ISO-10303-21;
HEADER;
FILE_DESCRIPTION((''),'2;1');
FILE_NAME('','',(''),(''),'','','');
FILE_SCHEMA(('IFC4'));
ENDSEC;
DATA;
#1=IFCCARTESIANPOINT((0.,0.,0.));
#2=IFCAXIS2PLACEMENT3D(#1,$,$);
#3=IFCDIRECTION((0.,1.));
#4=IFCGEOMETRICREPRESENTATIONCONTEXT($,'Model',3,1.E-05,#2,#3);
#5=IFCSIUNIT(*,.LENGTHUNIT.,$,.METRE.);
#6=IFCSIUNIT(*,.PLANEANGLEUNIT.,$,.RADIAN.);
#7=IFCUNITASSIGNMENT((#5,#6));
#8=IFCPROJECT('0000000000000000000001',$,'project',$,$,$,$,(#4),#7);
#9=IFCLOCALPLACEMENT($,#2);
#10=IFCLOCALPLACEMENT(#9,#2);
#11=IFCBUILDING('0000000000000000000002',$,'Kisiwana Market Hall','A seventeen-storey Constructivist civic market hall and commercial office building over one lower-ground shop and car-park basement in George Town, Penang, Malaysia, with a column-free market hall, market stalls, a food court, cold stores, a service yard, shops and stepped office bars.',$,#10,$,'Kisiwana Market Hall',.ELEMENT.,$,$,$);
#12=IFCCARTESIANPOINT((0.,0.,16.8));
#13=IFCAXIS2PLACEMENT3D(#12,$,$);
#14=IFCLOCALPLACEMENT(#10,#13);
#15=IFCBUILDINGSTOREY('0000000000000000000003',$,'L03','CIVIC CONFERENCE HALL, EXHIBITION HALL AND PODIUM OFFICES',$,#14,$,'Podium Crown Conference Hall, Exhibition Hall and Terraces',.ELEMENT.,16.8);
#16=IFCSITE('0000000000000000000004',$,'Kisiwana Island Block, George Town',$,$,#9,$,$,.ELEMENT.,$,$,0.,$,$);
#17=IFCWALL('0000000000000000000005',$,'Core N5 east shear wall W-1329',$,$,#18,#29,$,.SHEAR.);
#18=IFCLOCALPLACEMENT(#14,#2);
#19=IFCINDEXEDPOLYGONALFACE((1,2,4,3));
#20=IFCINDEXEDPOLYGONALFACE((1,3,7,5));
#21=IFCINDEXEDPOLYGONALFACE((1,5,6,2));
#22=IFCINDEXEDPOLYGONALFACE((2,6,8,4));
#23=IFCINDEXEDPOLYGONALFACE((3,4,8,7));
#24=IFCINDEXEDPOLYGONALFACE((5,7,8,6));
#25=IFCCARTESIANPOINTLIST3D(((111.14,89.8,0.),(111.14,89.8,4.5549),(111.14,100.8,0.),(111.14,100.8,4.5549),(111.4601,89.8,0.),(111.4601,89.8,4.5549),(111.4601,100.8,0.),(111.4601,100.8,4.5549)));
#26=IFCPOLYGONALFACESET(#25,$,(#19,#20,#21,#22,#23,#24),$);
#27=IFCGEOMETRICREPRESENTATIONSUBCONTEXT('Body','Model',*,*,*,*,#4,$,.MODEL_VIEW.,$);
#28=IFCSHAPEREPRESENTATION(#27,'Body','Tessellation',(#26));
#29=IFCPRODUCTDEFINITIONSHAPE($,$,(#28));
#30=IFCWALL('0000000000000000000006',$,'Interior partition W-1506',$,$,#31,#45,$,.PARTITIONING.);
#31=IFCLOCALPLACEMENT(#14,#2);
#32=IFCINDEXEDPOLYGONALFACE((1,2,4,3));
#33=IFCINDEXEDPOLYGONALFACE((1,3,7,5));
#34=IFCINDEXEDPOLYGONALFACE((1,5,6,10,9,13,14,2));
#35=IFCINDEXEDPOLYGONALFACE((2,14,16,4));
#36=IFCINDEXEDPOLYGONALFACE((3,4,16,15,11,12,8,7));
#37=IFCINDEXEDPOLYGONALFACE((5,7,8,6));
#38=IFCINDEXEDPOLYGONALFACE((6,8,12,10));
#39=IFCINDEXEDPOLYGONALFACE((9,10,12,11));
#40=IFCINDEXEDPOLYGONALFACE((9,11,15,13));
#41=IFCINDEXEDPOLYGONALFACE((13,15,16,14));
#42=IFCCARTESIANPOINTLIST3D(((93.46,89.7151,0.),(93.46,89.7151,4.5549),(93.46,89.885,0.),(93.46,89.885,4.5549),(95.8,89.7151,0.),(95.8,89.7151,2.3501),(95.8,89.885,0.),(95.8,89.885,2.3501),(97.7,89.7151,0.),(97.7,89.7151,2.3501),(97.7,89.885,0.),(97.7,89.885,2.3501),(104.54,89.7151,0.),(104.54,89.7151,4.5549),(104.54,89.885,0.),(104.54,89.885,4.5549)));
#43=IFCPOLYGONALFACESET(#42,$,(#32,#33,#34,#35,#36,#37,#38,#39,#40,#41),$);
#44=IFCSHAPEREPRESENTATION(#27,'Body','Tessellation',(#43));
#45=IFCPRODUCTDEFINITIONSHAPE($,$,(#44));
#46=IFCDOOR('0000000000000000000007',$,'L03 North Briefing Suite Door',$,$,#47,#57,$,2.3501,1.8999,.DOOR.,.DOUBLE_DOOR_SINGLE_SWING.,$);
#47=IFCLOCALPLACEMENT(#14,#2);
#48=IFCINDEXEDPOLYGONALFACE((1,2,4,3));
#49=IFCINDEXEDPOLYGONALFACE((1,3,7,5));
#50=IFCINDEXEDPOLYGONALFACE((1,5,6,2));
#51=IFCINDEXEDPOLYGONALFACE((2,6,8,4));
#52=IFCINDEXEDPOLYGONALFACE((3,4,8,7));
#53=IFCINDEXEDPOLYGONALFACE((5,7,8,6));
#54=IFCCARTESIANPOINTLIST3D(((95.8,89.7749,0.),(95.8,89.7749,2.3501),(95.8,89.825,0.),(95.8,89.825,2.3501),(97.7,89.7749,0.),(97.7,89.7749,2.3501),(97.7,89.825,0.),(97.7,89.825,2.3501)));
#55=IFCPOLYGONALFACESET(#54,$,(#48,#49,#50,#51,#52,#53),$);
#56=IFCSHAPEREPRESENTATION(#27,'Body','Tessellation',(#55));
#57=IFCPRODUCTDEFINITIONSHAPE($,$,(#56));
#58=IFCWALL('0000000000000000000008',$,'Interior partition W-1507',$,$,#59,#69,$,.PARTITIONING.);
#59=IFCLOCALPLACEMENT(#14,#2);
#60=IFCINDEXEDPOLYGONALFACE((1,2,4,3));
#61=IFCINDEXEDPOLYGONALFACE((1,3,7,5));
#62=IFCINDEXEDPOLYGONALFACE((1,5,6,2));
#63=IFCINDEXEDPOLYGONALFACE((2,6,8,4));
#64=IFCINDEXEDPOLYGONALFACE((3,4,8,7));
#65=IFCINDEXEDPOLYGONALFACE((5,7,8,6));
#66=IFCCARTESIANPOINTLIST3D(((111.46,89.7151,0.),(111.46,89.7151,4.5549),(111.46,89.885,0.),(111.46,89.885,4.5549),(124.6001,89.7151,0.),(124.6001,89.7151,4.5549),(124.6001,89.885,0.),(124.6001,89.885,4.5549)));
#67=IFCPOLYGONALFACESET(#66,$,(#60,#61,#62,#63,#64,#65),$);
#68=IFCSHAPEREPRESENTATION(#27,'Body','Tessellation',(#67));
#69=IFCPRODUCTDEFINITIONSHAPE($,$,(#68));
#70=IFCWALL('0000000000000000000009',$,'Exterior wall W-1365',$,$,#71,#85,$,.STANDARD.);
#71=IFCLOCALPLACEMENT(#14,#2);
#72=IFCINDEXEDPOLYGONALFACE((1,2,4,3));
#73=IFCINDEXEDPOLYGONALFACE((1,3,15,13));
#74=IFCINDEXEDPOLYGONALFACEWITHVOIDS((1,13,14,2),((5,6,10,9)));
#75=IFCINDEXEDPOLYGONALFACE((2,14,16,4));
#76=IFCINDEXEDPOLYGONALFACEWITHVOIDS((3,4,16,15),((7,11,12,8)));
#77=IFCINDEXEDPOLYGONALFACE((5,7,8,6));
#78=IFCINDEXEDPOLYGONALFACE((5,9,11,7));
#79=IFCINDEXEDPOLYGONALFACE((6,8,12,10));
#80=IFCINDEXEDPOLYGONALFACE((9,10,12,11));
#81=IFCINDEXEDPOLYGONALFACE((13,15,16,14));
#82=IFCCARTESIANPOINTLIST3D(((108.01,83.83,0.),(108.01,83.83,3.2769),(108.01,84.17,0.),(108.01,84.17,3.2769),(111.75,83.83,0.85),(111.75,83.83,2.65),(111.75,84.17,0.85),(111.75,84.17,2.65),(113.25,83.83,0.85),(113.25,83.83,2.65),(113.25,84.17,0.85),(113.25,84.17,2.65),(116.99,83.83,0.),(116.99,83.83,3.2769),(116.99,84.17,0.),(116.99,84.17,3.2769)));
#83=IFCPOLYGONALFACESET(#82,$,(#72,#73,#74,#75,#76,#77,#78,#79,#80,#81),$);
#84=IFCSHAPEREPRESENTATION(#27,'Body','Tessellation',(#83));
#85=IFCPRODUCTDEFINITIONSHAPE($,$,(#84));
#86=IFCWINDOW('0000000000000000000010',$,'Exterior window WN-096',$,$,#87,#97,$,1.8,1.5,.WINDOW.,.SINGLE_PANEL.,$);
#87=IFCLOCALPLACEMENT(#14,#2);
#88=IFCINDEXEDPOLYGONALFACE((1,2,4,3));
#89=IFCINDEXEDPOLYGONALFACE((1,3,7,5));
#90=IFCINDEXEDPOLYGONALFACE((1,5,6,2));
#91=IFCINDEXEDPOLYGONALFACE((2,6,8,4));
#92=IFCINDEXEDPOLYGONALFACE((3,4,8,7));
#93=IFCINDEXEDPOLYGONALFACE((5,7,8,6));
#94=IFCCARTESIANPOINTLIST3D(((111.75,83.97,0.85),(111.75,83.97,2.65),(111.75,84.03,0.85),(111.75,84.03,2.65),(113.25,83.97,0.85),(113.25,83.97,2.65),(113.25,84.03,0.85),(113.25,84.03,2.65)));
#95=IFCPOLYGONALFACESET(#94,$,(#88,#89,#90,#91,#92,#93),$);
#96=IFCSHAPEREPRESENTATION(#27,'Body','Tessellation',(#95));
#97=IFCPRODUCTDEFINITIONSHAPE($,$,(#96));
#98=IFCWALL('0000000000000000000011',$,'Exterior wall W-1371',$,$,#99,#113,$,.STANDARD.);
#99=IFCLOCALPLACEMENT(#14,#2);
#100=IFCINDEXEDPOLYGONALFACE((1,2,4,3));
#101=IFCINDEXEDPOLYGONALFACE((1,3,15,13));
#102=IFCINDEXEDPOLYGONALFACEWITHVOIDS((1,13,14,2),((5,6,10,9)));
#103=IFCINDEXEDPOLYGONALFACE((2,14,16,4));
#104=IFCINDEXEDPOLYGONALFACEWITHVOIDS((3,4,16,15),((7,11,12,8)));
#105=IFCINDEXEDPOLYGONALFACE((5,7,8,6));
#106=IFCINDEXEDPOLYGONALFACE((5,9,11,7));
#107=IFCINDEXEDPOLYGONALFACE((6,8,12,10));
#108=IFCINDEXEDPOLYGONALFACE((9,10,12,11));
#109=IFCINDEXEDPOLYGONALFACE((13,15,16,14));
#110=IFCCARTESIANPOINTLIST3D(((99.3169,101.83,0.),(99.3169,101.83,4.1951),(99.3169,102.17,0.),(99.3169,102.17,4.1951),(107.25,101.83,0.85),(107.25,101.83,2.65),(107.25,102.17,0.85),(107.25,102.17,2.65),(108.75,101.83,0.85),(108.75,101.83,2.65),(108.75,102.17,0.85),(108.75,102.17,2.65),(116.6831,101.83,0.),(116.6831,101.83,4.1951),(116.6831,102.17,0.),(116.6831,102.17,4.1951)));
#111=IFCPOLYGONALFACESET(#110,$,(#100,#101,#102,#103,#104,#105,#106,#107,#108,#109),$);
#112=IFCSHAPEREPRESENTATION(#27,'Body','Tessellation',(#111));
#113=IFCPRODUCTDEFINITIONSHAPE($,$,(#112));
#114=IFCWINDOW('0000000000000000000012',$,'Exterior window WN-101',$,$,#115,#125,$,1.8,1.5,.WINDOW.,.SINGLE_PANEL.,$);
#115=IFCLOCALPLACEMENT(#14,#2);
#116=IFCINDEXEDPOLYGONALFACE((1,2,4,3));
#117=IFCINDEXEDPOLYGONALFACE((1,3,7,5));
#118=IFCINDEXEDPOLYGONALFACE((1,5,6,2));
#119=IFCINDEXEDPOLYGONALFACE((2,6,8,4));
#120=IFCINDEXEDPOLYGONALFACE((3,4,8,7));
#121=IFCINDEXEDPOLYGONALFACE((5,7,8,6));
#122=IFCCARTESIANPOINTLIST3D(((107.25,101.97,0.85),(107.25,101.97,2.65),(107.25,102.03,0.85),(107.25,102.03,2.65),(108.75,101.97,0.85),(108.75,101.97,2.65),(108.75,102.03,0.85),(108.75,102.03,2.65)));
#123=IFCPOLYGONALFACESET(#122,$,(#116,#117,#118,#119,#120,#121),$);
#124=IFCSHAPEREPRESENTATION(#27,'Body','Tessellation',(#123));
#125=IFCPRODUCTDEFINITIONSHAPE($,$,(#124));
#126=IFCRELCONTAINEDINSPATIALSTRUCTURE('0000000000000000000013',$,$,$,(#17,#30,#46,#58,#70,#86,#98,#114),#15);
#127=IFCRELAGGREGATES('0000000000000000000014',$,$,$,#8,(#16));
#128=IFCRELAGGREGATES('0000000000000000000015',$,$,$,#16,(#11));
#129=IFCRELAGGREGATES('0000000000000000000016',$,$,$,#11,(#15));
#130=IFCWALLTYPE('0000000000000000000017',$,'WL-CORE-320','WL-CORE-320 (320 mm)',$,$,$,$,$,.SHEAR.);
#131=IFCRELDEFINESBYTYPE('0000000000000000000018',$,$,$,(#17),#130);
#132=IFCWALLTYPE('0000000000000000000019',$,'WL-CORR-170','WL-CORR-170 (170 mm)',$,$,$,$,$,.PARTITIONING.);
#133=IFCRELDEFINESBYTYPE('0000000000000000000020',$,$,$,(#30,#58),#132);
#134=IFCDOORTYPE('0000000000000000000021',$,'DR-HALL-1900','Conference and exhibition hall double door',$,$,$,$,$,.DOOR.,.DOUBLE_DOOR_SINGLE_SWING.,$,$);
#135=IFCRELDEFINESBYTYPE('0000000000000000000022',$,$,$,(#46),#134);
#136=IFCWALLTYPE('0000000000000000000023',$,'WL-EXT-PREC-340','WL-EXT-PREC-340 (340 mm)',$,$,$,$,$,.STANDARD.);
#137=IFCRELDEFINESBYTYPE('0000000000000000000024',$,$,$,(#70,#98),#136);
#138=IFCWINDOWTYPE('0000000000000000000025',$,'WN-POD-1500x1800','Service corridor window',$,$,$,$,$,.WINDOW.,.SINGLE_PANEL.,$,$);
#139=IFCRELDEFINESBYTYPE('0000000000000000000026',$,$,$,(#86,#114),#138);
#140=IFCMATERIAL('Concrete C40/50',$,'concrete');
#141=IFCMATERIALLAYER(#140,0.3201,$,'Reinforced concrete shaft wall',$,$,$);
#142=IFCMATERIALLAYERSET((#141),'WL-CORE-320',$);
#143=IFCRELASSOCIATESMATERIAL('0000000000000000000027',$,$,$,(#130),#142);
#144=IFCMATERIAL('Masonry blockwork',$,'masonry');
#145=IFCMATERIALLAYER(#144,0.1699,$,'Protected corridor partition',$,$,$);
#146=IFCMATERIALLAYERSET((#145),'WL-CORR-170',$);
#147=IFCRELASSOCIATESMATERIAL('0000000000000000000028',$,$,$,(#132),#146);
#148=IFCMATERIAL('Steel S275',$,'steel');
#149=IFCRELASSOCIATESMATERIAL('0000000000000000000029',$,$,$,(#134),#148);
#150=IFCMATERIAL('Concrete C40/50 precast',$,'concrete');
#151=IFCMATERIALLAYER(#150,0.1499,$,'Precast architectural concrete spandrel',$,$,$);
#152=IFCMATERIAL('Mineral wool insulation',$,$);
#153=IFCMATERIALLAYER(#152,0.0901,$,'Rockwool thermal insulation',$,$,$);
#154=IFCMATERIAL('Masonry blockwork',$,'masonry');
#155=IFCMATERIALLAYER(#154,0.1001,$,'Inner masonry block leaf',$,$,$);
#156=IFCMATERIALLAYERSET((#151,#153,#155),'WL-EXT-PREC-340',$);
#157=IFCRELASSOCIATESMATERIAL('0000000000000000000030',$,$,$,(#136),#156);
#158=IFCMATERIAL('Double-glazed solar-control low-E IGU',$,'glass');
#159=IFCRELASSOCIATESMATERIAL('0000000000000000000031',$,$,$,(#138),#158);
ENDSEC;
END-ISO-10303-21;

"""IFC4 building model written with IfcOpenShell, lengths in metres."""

from ifc_helpers import new_model, si_unit, direction, frame, frame_2d, origin, place, context, subcontext, project, spatial, rectangle, extrude, material, layer, layer_set, type_object, element, fill, save


model = new_model("IFC4")

# Units and contexts
model_context = context("Model", 3, precision=1e-05, world=origin(), true_north=direction((0.0, 1.0)))
body_context = subcontext(model_context, "Body", "Model", "MODEL_VIEW")
ifc_project = project(units=[si_unit("LENGTHUNIT", "METRE"), si_unit("PLANEANGLEUNIT", "RADIAN")], contexts=[model_context])

# Site, building, storey
site_placement = place(None, origin())
site = spatial("IfcSite", under=ifc_project, at=site_placement, Name="Kisiwana Island Block, George Town", CompositionType="ELEMENT", RefElevation=0.0)
building_placement = place(site_placement, origin())
building = spatial("IfcBuilding", under=site, at=building_placement, Name="Kisiwana Market Hall", Description="A seventeen-storey Constructivist civic market hall and commercial office building over one lower-ground shop and car-park basement in George Town, Penang, Malaysia, with a column-free market hall, market stalls, a food court, cold stores, a service yard, shops and stepped office bars.", LongName="Kisiwana Market Hall", CompositionType="ELEMENT")
storey_placement = place(building_placement, frame((0.0, 0.0, 16.8)))
storey = spatial("IfcBuildingStorey", under=building, at=storey_placement, Name="L03", Description="CIVIC CONFERENCE HALL, EXHIBITION HALL AND PODIUM OFFICES", LongName="Podium Crown Conference Hall, Exhibition Hall and Terraces", CompositionType="ELEMENT", Elevation=16.8)

# Shared definitions
ifc_material_1 = material(Name="Concrete C40/50", Category="concrete")
ifc_layer_1 = layer(ifc_material_1, 0.3201, Name="Reinforced concrete shaft wall")
ifc_layer_set_1 = layer_set([ifc_layer_1], Name="WL-CORE-320")
wall_type_1 = type_object("IfcWallType", Name="WL-CORE-320", Description="WL-CORE-320 (320 mm)", PredefinedType="SHEAR", material=ifc_layer_set_1)

# Wall
for number, where, z_axis, x_axis, name in (
    (1, (111.3, 89.8, 0.0), (0.0, 0.0, 1.0), (0.0, 1.0, 0.0), "Core N5 east shear wall W-1329"),
):
    element("IfcWall", number, at=place(storey_placement, frame(where, z_axis=z_axis, x_axis=x_axis)), inside=storey, type_object=wall_type_1, Name=name, PredefinedType="SHEAR", context=body_context, shape_type="SweptSolid", body=[
        extrude(rectangle(XDim=11.0, YDim=0.3201, at=frame_2d((5.5, 0.0))), origin(), (0.0, 0.0, 1.0), 4.5549),
    ])

# Wall, opening, door
ifc_material_2 = material(Name="Masonry blockwork", Category="masonry")
ifc_layer_2 = layer(ifc_material_2, 0.1699, Name="Protected corridor partition")
ifc_layer_set_2 = layer_set([ifc_layer_2], Name="WL-CORR-170")
wall_type_2 = type_object("IfcWallType", Name="WL-CORR-170", Description="WL-CORR-170 (170 mm)", PredefinedType="PARTITIONING", material=ifc_layer_set_2)
wall_1_placement = place(storey_placement, frame((93.46, 89.8, 0.0), z_axis=(0.0, 0.0, 1.0), x_axis=(1.0, 0.0, 0.0)))
wall_1 = element("IfcWall", 2, at=wall_1_placement, inside=storey, type_object=wall_type_2, Name="Interior partition W-1506", PredefinedType="PARTITIONING", context=body_context, shape_type="SweptSolid", body=[
    extrude(rectangle(XDim=11.0801, YDim=0.1699, at=frame_2d((5.54, 0.0))), origin(), (0.0, 0.0, 1.0), 4.5549),
])
opening_1_placement = place(wall_1_placement, frame((2.3401, 0.0, 0.0)))
opening_1 = element("IfcOpeningElement", 3, at=opening_1_placement, cuts=wall_1, PredefinedType="OPENING", context=body_context, shape_type="SweptSolid", body=[
    extrude(rectangle(XDim=1.8999, YDim=2.3501, at=frame_2d((0.95, 1.175))), frame((0.0, 0.0969, 0.0), z_axis=(0.0, -1.0, 0.0), x_axis=(1.0, 0.0, 0.0)), (0.0, 0.0, 1.0), 0.1938),
])
ifc_material_3 = material(Name="Steel S275", Category="steel")
door_type_1 = type_object("IfcDoorType", Name="DR-HALL-1900", Description="Conference and exhibition hall double door", OperationType="DOUBLE_DOOR_SINGLE_SWING", PredefinedType="DOOR", material=ifc_material_3)
door_1_placement = place(opening_1_placement, origin())
door_1 = element("IfcDoor", 4, at=door_1_placement, inside=storey, type_object=door_type_1, Name="L03 North Briefing Suite Door", OperationType="DOUBLE_DOOR_SINGLE_SWING", OverallHeight=2.3501, OverallWidth=1.8999, PredefinedType="DOOR", context=body_context, shape_type="SweptSolid", body=[
    extrude(rectangle(XDim=1.8999, YDim=2.3501, at=frame_2d((0.95, 1.175))), frame((0.0, 0.0249, 0.0), z_axis=(0.0, -1.0, 0.0), x_axis=(1.0, 0.0, 0.0)), (0.0, 0.0, 1.0), 0.05),
])
fill(opening_1, door_1)

# Wall
wall_2_placement = place(storey_placement, frame((111.46, 89.8, 0.0), z_axis=(0.0, 0.0, 1.0), x_axis=(1.0, 0.0, 0.0)))
element("IfcWall", 5, at=wall_2_placement, inside=storey, type_object=wall_type_2, Name="Interior partition W-1507", PredefinedType="PARTITIONING", context=body_context, shape_type="SweptSolid", body=[
    extrude(rectangle(XDim=13.1401, YDim=0.1699, at=frame_2d((6.5701, 0.0))), origin(), (0.0, 0.0, 1.0), 4.5549),
])

# Walls, openings, windows
ifc_material_4 = material(Name="Concrete C40/50 precast", Category="concrete")
ifc_layer_3 = layer(ifc_material_4, 0.1499, Name="Precast architectural concrete spandrel")
ifc_material_5 = material(Name="Mineral wool insulation")
ifc_layer_4 = layer(ifc_material_5, 0.0901, Name="Rockwool thermal insulation")
ifc_material_6 = material(Name="Masonry blockwork", Category="masonry")
ifc_layer_5 = layer(ifc_material_6, 0.1001, Name="Inner masonry block leaf")
ifc_layer_set_3 = layer_set([ifc_layer_3, ifc_layer_4, ifc_layer_5], Name="WL-EXT-PREC-340")
wall_type_3 = type_object("IfcWallType", Name="WL-EXT-PREC-340", Description="WL-EXT-PREC-340 (340 mm)", PredefinedType="STANDARD", material=ifc_layer_set_3)
wall_3_placement = place(storey_placement, frame((108.01, 84.0, 0.0), z_axis=(0.0, 0.0, 1.0), x_axis=(1.0, 0.0, 0.0)))
wall_3 = element("IfcWall", 6, at=wall_3_placement, inside=storey, type_object=wall_type_3, Name="Exterior wall W-1365", PredefinedType="STANDARD", context=body_context, shape_type="SweptSolid", body=[
    extrude(rectangle(XDim=8.98, YDim=0.3401, at=frame_2d((4.49, 0.0))), origin(), (0.0, 0.0, 1.0), 3.2769),
])
opening_2_placement = place(wall_3_placement, frame((3.74, 0.0, 0.8501)))
opening_2 = element("IfcOpeningElement", 7, at=opening_2_placement, cuts=wall_3, PredefinedType="OPENING", context=body_context, shape_type="SweptSolid", body=[
    extrude(rectangle(XDim=1.5, YDim=1.8, at=frame_2d((0.75, 0.8999))), frame((0.0, 0.1821, 0.0), z_axis=(0.0, -1.0, 0.0), x_axis=(1.0, 0.0, 0.0)), (0.0, 0.0, 1.0), 0.364),
])
ifc_material_7 = material(Name="Double-glazed solar-control low-E IGU", Category="glass")
window_type = type_object("IfcWindowType", Name="WN-POD-1500x1800", Description="Service corridor window", PartitioningType="SINGLE_PANEL", PredefinedType="WINDOW", material=ifc_material_7)
window_1_placement = place(opening_2_placement, origin())
window_1 = element("IfcWindow", 8, at=window_1_placement, inside=storey, type_object=window_type, Name="Exterior window WN-096", OverallHeight=1.8, OverallWidth=1.5, PartitioningType="SINGLE_PANEL", PredefinedType="WINDOW", context=body_context, shape_type="SweptSolid", body=[
    extrude(rectangle(XDim=1.5, YDim=1.8, at=frame_2d((0.75, 0.8999))), frame((0.0, 0.03, 0.0), z_axis=(0.0, -1.0, 0.0), x_axis=(1.0, 0.0, 0.0)), (0.0, 0.0, 1.0), 0.0601),
])
fill(opening_2, window_1)
wall_4_placement = place(storey_placement, frame((99.3169, 102.0, 0.0), z_axis=(0.0, 0.0, 1.0), x_axis=(1.0, 0.0, 0.0)))
wall_4 = element("IfcWall", 9, at=wall_4_placement, inside=storey, type_object=wall_type_3, Name="Exterior wall W-1371", PredefinedType="STANDARD", context=body_context, shape_type="SweptSolid", body=[
    extrude(rectangle(XDim=17.3662, YDim=0.3401, at=frame_2d((8.6831, 0.0))), origin(), (0.0, 0.0, 1.0), 4.1951),
])
opening_3_placement = place(wall_4_placement, frame((7.9331, 0.0, 0.8501)))
opening_3 = element("IfcOpeningElement", 10, at=opening_3_placement, cuts=wall_4, PredefinedType="OPENING", context=body_context, shape_type="SweptSolid", body=[
    extrude(rectangle(XDim=1.5, YDim=1.8, at=frame_2d((0.75, 0.8999))), frame((0.0, 0.1821, 0.0), z_axis=(0.0, -1.0, 0.0), x_axis=(1.0, 0.0, 0.0)), (0.0, 0.0, 1.0), 0.364),
])
window_2_placement = place(opening_3_placement, origin())
window_2 = element("IfcWindow", 11, at=window_2_placement, inside=storey, type_object=window_type, Name="Exterior window WN-101", OverallHeight=1.8, OverallWidth=1.5, PartitioningType="SINGLE_PANEL", PredefinedType="WINDOW", context=body_context, shape_type="SweptSolid", body=[
    extrude(rectangle(XDim=1.5, YDim=1.8, at=frame_2d((0.75, 0.8999))), frame((0.0, 0.03, 0.0), z_axis=(0.0, -1.0, 0.0), x_axis=(1.0, 0.0, 0.0)), (0.0, 0.0, 1.0), 0.0601),
])
fill(opening_3, window_2)

save(model, "model.ifc")
